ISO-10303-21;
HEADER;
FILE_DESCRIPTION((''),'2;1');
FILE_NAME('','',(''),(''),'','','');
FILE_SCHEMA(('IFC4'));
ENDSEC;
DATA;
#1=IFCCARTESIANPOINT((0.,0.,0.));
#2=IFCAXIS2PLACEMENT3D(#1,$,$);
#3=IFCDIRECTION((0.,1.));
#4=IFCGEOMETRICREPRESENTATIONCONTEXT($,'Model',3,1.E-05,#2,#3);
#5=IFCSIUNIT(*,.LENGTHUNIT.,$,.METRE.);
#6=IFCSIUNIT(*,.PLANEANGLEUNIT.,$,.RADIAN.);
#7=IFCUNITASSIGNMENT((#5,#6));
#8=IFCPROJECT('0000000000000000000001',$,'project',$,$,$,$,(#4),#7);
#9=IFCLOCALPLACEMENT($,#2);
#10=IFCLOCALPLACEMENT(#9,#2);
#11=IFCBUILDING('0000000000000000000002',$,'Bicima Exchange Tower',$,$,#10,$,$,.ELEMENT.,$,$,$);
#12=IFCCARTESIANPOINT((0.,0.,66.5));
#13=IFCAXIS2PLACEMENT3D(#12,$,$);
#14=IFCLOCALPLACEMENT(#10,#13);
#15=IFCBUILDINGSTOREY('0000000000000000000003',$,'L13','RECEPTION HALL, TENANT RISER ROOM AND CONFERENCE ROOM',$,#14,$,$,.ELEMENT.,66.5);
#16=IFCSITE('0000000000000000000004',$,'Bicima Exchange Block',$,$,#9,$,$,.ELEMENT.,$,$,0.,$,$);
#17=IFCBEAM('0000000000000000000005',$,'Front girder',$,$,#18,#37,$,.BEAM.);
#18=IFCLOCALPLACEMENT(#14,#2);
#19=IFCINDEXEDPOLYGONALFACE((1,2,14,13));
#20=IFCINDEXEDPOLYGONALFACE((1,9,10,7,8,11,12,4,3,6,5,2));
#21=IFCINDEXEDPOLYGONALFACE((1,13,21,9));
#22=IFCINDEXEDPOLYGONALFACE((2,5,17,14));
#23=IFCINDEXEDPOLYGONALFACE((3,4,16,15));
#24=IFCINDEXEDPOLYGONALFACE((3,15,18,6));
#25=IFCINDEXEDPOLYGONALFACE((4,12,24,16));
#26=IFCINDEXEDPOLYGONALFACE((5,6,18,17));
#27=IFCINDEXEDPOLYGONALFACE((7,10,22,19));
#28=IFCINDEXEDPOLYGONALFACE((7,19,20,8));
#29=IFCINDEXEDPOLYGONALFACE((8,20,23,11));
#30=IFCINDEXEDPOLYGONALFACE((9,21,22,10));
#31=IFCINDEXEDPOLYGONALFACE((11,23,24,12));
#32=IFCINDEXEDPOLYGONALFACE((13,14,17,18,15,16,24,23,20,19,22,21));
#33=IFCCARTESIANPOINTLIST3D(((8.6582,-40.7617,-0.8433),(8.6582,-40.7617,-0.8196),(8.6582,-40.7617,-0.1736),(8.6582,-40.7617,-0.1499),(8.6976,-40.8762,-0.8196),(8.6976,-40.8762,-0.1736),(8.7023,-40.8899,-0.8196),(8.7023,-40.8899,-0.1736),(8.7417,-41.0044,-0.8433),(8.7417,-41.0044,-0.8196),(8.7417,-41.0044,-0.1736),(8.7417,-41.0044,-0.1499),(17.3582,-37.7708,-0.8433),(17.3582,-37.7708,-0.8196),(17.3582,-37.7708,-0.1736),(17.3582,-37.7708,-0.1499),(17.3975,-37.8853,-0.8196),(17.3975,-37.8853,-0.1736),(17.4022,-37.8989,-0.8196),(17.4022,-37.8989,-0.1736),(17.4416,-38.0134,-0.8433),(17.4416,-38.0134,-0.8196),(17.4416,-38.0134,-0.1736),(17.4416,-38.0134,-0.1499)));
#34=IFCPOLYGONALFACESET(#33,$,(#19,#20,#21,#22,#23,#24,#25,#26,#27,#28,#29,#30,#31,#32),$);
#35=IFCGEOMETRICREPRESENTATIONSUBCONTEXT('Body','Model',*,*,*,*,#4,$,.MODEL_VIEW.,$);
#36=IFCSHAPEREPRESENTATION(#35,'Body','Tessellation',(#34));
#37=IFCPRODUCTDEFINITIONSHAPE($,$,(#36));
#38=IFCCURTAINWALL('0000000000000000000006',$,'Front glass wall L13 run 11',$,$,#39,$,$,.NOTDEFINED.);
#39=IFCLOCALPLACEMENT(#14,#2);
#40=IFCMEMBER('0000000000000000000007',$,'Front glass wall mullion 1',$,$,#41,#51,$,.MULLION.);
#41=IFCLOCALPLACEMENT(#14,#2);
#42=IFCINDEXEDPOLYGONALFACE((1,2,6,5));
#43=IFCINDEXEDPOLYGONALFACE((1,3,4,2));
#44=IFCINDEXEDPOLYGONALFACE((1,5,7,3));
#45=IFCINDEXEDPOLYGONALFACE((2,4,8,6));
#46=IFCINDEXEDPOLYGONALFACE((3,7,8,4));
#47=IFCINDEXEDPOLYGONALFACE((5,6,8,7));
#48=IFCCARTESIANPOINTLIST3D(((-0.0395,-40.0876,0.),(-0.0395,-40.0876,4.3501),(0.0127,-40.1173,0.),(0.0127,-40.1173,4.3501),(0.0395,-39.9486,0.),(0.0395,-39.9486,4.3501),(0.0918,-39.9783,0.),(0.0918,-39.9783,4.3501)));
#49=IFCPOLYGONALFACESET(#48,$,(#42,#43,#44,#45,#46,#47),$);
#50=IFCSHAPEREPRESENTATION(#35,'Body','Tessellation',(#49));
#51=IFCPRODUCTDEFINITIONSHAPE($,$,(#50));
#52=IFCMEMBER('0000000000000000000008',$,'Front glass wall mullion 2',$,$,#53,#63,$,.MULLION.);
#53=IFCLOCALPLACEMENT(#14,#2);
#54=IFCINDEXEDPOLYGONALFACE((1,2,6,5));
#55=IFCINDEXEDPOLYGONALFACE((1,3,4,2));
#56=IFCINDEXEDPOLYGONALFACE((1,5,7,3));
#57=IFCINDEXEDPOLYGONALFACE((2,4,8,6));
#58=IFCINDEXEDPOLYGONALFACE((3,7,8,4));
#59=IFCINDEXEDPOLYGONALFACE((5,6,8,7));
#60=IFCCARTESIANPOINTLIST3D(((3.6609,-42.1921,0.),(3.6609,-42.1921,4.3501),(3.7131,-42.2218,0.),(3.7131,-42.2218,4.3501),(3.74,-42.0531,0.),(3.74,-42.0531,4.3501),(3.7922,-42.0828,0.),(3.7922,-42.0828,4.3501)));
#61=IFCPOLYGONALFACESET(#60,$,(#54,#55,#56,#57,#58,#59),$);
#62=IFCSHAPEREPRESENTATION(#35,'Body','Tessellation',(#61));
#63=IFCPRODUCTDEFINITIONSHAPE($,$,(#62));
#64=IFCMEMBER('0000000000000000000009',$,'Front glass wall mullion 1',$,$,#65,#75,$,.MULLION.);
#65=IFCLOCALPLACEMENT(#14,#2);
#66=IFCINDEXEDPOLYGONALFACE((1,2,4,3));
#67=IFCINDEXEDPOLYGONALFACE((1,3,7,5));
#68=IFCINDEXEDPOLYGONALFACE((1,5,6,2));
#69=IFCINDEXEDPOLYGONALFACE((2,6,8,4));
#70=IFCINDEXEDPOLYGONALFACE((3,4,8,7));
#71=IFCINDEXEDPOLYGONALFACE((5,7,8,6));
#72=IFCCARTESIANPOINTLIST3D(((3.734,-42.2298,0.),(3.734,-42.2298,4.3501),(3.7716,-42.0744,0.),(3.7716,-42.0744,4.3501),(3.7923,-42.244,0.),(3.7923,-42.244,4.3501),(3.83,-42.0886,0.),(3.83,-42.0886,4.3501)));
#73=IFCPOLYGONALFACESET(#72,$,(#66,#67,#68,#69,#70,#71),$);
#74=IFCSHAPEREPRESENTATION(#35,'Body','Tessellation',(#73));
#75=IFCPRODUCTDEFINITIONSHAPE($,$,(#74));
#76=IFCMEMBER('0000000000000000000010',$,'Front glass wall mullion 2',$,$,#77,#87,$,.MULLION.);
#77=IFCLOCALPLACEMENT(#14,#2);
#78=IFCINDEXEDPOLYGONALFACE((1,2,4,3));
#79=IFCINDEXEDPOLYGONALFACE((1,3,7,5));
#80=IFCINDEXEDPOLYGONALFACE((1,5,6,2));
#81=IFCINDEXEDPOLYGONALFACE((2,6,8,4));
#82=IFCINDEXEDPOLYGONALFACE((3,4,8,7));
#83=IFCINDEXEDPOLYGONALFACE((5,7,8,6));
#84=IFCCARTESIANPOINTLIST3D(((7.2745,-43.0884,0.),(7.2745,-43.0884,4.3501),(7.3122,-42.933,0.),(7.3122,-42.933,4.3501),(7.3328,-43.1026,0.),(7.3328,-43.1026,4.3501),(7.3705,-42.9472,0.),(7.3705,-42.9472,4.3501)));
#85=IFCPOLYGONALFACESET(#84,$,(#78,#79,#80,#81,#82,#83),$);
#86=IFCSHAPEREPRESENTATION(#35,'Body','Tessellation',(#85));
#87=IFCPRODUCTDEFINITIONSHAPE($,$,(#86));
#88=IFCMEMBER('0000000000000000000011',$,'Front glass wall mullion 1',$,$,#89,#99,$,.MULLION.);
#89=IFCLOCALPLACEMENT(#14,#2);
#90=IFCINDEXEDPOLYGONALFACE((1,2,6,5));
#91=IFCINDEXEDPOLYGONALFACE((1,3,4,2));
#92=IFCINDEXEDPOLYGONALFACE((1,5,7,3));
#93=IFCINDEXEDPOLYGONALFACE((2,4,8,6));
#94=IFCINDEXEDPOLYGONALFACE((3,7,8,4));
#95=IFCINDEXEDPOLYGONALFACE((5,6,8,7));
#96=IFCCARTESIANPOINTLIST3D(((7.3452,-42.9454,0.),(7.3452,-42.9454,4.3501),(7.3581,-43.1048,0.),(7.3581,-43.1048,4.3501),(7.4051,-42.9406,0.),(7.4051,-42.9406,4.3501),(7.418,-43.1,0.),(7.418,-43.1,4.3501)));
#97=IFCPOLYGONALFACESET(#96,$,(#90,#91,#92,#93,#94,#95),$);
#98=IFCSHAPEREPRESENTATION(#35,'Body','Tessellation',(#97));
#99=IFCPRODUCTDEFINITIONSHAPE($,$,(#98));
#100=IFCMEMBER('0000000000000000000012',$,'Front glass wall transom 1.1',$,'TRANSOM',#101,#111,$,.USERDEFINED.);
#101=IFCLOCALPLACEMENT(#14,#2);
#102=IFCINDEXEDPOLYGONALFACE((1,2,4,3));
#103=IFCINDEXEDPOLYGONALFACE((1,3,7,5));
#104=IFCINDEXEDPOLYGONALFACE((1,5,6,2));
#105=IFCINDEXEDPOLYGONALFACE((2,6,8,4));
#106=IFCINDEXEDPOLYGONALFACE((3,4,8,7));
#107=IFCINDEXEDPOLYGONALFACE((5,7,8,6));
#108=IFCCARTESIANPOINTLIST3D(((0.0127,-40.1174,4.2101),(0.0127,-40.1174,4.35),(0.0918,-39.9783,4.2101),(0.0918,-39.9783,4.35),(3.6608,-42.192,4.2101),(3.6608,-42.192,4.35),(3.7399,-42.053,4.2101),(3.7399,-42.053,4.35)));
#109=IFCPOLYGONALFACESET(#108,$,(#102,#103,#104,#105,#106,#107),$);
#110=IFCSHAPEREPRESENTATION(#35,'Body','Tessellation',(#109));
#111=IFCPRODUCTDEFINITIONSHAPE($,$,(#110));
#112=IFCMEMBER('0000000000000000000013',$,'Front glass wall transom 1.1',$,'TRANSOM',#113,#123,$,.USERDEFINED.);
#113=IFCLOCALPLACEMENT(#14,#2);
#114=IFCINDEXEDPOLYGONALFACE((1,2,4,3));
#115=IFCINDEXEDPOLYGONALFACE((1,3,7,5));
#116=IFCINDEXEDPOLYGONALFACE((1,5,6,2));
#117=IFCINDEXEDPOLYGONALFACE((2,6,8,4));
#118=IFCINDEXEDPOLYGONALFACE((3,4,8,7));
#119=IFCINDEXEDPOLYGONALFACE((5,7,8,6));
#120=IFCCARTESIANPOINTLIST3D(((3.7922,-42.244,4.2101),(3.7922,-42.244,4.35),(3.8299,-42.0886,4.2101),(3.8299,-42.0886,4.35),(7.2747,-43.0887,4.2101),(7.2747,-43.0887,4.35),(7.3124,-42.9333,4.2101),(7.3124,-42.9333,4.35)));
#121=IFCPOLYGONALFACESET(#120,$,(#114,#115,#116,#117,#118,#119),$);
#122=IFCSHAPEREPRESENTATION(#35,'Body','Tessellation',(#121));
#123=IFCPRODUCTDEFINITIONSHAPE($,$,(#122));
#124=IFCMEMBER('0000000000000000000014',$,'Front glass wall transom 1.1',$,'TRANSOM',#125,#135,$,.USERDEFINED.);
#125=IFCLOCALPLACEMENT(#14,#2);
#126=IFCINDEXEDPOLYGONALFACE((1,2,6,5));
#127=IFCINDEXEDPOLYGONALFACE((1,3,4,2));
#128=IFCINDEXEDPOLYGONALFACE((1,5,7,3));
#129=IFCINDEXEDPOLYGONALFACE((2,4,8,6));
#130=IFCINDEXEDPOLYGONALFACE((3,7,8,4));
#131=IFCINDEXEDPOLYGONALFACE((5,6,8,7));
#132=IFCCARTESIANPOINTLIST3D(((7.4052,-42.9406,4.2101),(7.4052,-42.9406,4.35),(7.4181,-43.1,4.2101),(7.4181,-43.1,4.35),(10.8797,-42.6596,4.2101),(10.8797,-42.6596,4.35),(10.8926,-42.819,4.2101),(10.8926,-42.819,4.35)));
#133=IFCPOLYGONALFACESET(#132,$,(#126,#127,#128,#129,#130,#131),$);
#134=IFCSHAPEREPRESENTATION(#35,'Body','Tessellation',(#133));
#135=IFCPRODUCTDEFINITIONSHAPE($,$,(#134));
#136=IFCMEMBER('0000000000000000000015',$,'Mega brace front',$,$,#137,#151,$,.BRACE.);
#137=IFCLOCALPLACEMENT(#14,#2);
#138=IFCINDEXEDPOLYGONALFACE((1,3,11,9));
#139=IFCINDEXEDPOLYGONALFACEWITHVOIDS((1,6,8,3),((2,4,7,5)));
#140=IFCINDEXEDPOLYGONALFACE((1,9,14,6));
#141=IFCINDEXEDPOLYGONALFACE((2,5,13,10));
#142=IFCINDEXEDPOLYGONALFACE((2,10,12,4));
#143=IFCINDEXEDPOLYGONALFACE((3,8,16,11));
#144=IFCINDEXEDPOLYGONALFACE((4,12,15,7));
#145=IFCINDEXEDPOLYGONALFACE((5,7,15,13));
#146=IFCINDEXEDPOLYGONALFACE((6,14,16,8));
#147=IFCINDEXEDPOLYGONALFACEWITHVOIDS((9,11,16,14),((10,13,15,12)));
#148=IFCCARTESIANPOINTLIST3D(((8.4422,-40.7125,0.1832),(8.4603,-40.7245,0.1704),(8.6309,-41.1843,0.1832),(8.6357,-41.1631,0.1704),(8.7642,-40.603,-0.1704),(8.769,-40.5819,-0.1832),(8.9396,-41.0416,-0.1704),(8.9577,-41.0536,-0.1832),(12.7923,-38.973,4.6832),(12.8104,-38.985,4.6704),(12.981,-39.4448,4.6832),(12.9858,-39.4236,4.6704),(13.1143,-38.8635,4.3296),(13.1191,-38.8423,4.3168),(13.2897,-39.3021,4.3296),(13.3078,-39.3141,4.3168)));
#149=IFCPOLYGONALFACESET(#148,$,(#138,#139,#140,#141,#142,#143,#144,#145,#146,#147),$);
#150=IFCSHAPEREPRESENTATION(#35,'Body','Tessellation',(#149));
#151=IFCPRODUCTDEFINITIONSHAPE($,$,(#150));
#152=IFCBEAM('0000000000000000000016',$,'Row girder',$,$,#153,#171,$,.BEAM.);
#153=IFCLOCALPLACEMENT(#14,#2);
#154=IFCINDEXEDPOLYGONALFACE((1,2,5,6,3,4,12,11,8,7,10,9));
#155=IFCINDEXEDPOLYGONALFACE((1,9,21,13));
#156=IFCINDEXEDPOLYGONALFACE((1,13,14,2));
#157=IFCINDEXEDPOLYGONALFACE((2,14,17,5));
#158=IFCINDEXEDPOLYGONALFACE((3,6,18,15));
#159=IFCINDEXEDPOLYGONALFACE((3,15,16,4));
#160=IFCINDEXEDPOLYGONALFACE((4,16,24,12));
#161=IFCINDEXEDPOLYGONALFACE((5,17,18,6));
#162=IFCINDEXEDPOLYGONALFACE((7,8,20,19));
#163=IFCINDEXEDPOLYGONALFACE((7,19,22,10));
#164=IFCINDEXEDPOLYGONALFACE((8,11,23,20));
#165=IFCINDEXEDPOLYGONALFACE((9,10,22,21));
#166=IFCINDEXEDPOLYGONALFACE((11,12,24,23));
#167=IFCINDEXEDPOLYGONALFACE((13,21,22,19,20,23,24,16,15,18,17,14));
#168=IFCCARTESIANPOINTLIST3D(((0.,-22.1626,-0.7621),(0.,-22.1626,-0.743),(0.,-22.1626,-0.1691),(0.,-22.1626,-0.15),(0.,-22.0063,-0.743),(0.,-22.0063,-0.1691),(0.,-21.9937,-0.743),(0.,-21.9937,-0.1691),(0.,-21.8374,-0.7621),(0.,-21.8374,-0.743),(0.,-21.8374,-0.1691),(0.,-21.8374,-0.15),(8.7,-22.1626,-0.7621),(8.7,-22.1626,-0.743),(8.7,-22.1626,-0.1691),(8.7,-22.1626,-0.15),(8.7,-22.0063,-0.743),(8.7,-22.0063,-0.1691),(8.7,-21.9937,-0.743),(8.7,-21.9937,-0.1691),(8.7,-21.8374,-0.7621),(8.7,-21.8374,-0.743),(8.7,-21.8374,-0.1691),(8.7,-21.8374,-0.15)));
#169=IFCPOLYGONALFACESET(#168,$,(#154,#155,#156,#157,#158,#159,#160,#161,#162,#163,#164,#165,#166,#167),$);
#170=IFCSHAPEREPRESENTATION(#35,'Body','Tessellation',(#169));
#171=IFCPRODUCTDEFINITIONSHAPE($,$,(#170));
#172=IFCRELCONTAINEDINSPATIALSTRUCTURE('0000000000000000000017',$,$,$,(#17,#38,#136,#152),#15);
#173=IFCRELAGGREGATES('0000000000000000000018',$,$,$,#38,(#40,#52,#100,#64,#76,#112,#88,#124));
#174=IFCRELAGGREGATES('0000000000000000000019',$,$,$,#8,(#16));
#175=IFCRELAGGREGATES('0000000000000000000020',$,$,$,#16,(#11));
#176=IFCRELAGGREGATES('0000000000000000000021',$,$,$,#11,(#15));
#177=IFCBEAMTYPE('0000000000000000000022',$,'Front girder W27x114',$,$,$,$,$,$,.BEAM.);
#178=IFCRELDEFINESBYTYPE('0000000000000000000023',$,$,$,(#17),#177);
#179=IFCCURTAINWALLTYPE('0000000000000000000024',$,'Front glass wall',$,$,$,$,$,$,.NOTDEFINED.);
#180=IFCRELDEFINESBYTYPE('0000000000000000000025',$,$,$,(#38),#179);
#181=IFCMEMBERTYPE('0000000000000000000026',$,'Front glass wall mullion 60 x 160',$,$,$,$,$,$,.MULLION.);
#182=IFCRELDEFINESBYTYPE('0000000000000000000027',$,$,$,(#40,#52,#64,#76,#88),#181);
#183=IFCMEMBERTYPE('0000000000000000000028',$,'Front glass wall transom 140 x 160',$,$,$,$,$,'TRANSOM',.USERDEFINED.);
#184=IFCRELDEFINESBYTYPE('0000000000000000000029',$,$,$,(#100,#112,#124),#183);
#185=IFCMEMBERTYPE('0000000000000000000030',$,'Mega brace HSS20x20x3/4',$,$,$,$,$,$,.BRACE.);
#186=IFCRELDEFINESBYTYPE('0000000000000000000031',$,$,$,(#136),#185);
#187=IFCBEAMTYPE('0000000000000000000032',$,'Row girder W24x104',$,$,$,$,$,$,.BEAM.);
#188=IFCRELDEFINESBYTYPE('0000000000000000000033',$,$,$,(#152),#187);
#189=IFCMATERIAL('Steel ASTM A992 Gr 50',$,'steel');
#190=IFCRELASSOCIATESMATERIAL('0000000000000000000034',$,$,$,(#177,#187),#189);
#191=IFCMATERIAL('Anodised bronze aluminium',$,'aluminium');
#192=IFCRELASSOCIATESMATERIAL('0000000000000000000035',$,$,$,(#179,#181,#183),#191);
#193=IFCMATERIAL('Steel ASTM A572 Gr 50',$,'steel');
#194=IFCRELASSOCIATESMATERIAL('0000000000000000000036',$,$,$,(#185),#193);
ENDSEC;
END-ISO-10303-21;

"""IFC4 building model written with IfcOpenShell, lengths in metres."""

from ifc_helpers import new_model, si_unit, direction, frame, origin, origin_2d, place, context, subcontext, project, spatial, rectangle, hollow_rectangle, i_section, extrude, material, material_profile, profile_set, type_object, element, aggregate, save


model = new_model("IFC4")

# Units and contexts
model_context = context("Model", 3, precision=1e-05, world=origin(), true_north=direction((0.0, 1.0)))
body_context = subcontext(model_context, "Body", "Model", "MODEL_VIEW")
ifc_project = project(units=[si_unit("LENGTHUNIT", "METRE"), si_unit("PLANEANGLEUNIT", "RADIAN")], contexts=[model_context])

# Site, building, storey
site_placement = place(None, origin())
site = spatial("IfcSite", under=ifc_project, at=site_placement, Name="Bicima Exchange Block", CompositionType="ELEMENT", RefElevation=0.0)
building_placement = place(site_placement, origin())
building = spatial("IfcBuilding", under=site, at=building_placement, Name="Bicima Exchange Tower", CompositionType="ELEMENT")
storey_placement = place(building_placement, frame((0.0, 0.0, 66.5)))
storey = spatial("IfcBuildingStorey", under=building, at=storey_placement, Name="L13", Description="RECEPTION HALL, TENANT RISER ROOM AND CONFERENCE ROOM", CompositionType="ELEMENT", Elevation=66.5)

# Shared definitions
ifc_material_1 = material(Name="Steel ASTM A992 Gr 50", Category="steel")

# Beam
ifc_material_profile_1 = material_profile(ifc_material_1, i_section(OverallWidth=0.2566, OverallDepth=0.6934, WebThickness=0.0144, FlangeThickness=0.0237, at=origin_2d()))
ifc_profile_set_1 = profile_set([ifc_material_profile_1], Name="Steel ASTM A992 Gr 50")
beam_type_1 = type_object("IfcBeamType", Name="Front girder W27x114", PredefinedType="BEAM", material=ifc_profile_set_1)
for number, where, z_axis, x_axis, name in (
    (1, (8.7, -40.8831, -0.4966), (0.945675, 0.325115, 0.0), (-0.325115, 0.945675, 0.0), "Front girder"),
):
    element("IfcBeam", number, at=place(storey_placement, frame(where, z_axis=z_axis, x_axis=x_axis)), inside=storey, type_object=beam_type_1, Name=name, PredefinedType="BEAM", context=body_context, shape_type="SweptSolid", body=[
        extrude(i_section(OverallWidth=0.2566, OverallDepth=0.6934, WebThickness=0.0144, FlangeThickness=0.0237, at=origin_2d()), origin(), (0.0, 0.0, 1.0), 9.1997),
    ])

# Curtain wall, members
ifc_material_2 = material(Name="Anodised bronze aluminium", Category="aluminium")
curtain_wall_type = type_object("IfcCurtainWallType", Name="Front glass wall", PredefinedType="NOTDEFINED", material=ifc_material_2)
curtain_wall_placement = place(storey_placement, origin())
curtain_wall = element("IfcCurtainWall", 2, at=curtain_wall_placement, inside=storey, type_object=curtain_wall_type, Name="Front glass wall L13 run 11", PredefinedType="NOTDEFINED")
ifc_material_profile_2 = material_profile(ifc_material_2, rectangle(XDim=0.1599, YDim=0.0601, at=origin_2d()))
ifc_profile_set_2 = profile_set([ifc_material_profile_2], Name="Anodised bronze aluminium")
member_type_1 = type_object("IfcMemberType", Name="Front glass wall mullion 60 x 160", PredefinedType="MULLION", material=ifc_profile_set_2)
member_1_placement = place(storey_placement, frame((0.0261, -40.033, 0.0), z_axis=(0.0, 0.0, 1.0), x_axis=(0.49433, 0.869274, 0.0)))
member_1 = element("IfcMember", 3, at=member_1_placement, type_object=member_type_1, Name="Front glass wall mullion 1", PredefinedType="MULLION", context=body_context, shape_type="SweptSolid", body=[
    extrude(rectangle(XDim=0.1599, YDim=0.0601, at=origin_2d()), origin(), (0.0, 0.0, 1.0), 4.3501),
])
member_2_placement = place(storey_placement, frame((3.7266, -42.1375, 0.0), z_axis=(0.0, 0.0, 1.0), x_axis=(0.49433, 0.869274, 0.0)))
member_2 = element("IfcMember", 4, at=member_2_placement, type_object=member_type_1, Name="Front glass wall mullion 2", PredefinedType="MULLION", context=body_context, shape_type="SweptSolid", body=[
    extrude(rectangle(XDim=0.1599, YDim=0.0601, at=origin_2d()), origin(), (0.0, 0.0, 1.0), 4.3501),
])
member_3_placement = place(storey_placement, frame((3.782, -42.1592, 0.0), z_axis=(0.0, 0.0, 1.0), x_axis=(0.235682, 0.97183, 0.0)))
member_3 = element("IfcMember", 5, at=member_3_placement, type_object=member_type_1, Name="Front glass wall mullion 1", PredefinedType="MULLION", context=body_context, shape_type="SweptSolid", body=[
    extrude(rectangle(XDim=0.1599, YDim=0.0601, at=origin_2d()), origin(), (0.0, 0.0, 1.0), 4.3501),
])
member_4_placement = place(storey_placement, frame((7.3225, -43.0178, 0.0), z_axis=(0.0, 0.0, 1.0), x_axis=(0.235682, 0.97183, 0.0)))
member_4 = element("IfcMember", 6, at=member_4_placement, type_object=member_type_1, Name="Front glass wall mullion 2", PredefinedType="MULLION", context=body_context, shape_type="SweptSolid", body=[
    extrude(rectangle(XDim=0.1599, YDim=0.0601, at=origin_2d()), origin(), (0.0, 0.0, 1.0), 4.3501),
])
member_5_placement = place(storey_placement, frame((7.3816, -43.0227, 0.0), z_axis=(0.0, 0.0, 1.0), x_axis=(-0.080589, 0.996747, 0.0)))
member_5 = element("IfcMember", 7, at=member_5_placement, type_object=member_type_1, Name="Front glass wall mullion 1", PredefinedType="MULLION", context=body_context, shape_type="SweptSolid", body=[
    extrude(rectangle(XDim=0.1599, YDim=0.0601, at=origin_2d()), origin(), (0.0, 0.0, 1.0), 4.3501),
])
ifc_material_profile_3 = material_profile(ifc_material_2, rectangle(XDim=0.1599, YDim=0.1399, at=origin_2d()))
ifc_profile_set_3 = profile_set([ifc_material_profile_3], Name="Anodised bronze aluminium")
member_type_2 = type_object("IfcMemberType", Name="Front glass wall transom 140 x 160", ElementType="TRANSOM", PredefinedType="USERDEFINED", material=ifc_profile_set_3)
member_6_placement = place(storey_placement, frame((0.0522, -40.0479, 4.28), z_axis=(0.869265, -0.494346, 0.0), x_axis=(0.494346, 0.869265, 0.0)))
member_6 = element("IfcMember", 8, at=member_6_placement, type_object=member_type_2, Name="Front glass wall transom 1.1", ObjectType="TRANSOM", PredefinedType="USERDEFINED", context=body_context, shape_type="SweptSolid", body=[
    extrude(rectangle(XDim=0.1599, YDim=0.1399, at=origin_2d()), origin(), (0.0, 0.0, 1.0), 4.1968),
])
member_7_placement = place(storey_placement, frame((3.811, -42.1663, 4.28), z_axis=(0.971818, -0.235733, 0.0), x_axis=(0.235733, 0.971818, 0.0)))
member_7 = element("IfcMember", 9, at=member_7_placement, type_object=member_type_2, Name="Front glass wall transom 1.1", ObjectType="TRANSOM", PredefinedType="USERDEFINED", context=body_context, shape_type="SweptSolid", body=[
    extrude(rectangle(XDim=0.1599, YDim=0.1399, at=origin_2d()), origin(), (0.0, 0.0, 1.0), 3.5835),
])
member_8_placement = place(storey_placement, frame((7.4116, -43.0203, 4.28), z_axis=(0.996746, 0.080611, 0.0), x_axis=(-0.080611, 0.996746, 0.0)))
member_8 = element("IfcMember", 10, at=member_8_placement, type_object=member_type_2, Name="Front glass wall transom 1.1", ObjectType="TRANSOM", PredefinedType="USERDEFINED", context=body_context, shape_type="SweptSolid", body=[
    extrude(rectangle(XDim=0.1599, YDim=0.1399, at=origin_2d()), origin(), (0.0, 0.0, 1.0), 3.4858),
])

# Member
ifc_material_3 = material(Name="Steel ASTM A572 Gr 50", Category="steel")
ifc_material_profile_4 = material_profile(ifc_material_3, hollow_rectangle(XDim=0.5081, YDim=0.5081, WallThickness=0.0178, at=origin_2d()))
ifc_profile_set_4 = profile_set([ifc_material_profile_4], Name="Steel ASTM A572 Gr 50")
member_type_3 = type_object("IfcMemberType", Name="Mega brace HSS20x20x3/4", PredefinedType="BRACE", material=ifc_profile_set_4)
member_9_placement = place(storey_placement, frame((8.7, -40.8831, 0.0), z_axis=(0.669648, 0.267777, 0.692724), x_axis=(-0.371292, 0.928516, 0.0)))
element("IfcMember", 11, at=member_9_placement, inside=storey, type_object=member_type_3, Name="Mega brace front", PredefinedType="BRACE", context=body_context, shape_type="SweptSolid", body=[
    extrude(hollow_rectangle(XDim=0.5081, YDim=0.5081, WallThickness=0.0178, at=origin_2d()), origin(), (0.0, 0.0, 1.0), 6.4961),
])

# Beam
ifc_material_profile_5 = material_profile(ifc_material_1, i_section(OverallWidth=0.3252, OverallDepth=0.6121, WebThickness=0.0127, FlangeThickness=0.019, at=origin_2d()))
ifc_profile_set_5 = profile_set([ifc_material_profile_5], Name="Steel ASTM A992 Gr 50")
beam_type_2 = type_object("IfcBeamType", Name="Row girder W24x104", PredefinedType="BEAM", material=ifc_profile_set_5)
for number, where, z_axis, x_axis, name in (
    (12, (0.0, -22.0, -0.4561), (1.0, 0.0, 0.0), (0.0, 1.0, 0.0), "Row girder"),
):
    element("IfcBeam", number, at=place(storey_placement, frame(where, z_axis=z_axis, x_axis=x_axis)), inside=storey, type_object=beam_type_2, Name=name, PredefinedType="BEAM", context=body_context, shape_type="SweptSolid", body=[
        extrude(i_section(OverallWidth=0.3252, OverallDepth=0.6121, WebThickness=0.0127, FlangeThickness=0.019, at=origin_2d()), origin(), (0.0, 0.0, 1.0), 8.7),
    ])

aggregate(curtain_wall, [member_1, member_2, member_6, member_3, member_4, member_7, member_5, member_8])

save(model, "model.ifc")
